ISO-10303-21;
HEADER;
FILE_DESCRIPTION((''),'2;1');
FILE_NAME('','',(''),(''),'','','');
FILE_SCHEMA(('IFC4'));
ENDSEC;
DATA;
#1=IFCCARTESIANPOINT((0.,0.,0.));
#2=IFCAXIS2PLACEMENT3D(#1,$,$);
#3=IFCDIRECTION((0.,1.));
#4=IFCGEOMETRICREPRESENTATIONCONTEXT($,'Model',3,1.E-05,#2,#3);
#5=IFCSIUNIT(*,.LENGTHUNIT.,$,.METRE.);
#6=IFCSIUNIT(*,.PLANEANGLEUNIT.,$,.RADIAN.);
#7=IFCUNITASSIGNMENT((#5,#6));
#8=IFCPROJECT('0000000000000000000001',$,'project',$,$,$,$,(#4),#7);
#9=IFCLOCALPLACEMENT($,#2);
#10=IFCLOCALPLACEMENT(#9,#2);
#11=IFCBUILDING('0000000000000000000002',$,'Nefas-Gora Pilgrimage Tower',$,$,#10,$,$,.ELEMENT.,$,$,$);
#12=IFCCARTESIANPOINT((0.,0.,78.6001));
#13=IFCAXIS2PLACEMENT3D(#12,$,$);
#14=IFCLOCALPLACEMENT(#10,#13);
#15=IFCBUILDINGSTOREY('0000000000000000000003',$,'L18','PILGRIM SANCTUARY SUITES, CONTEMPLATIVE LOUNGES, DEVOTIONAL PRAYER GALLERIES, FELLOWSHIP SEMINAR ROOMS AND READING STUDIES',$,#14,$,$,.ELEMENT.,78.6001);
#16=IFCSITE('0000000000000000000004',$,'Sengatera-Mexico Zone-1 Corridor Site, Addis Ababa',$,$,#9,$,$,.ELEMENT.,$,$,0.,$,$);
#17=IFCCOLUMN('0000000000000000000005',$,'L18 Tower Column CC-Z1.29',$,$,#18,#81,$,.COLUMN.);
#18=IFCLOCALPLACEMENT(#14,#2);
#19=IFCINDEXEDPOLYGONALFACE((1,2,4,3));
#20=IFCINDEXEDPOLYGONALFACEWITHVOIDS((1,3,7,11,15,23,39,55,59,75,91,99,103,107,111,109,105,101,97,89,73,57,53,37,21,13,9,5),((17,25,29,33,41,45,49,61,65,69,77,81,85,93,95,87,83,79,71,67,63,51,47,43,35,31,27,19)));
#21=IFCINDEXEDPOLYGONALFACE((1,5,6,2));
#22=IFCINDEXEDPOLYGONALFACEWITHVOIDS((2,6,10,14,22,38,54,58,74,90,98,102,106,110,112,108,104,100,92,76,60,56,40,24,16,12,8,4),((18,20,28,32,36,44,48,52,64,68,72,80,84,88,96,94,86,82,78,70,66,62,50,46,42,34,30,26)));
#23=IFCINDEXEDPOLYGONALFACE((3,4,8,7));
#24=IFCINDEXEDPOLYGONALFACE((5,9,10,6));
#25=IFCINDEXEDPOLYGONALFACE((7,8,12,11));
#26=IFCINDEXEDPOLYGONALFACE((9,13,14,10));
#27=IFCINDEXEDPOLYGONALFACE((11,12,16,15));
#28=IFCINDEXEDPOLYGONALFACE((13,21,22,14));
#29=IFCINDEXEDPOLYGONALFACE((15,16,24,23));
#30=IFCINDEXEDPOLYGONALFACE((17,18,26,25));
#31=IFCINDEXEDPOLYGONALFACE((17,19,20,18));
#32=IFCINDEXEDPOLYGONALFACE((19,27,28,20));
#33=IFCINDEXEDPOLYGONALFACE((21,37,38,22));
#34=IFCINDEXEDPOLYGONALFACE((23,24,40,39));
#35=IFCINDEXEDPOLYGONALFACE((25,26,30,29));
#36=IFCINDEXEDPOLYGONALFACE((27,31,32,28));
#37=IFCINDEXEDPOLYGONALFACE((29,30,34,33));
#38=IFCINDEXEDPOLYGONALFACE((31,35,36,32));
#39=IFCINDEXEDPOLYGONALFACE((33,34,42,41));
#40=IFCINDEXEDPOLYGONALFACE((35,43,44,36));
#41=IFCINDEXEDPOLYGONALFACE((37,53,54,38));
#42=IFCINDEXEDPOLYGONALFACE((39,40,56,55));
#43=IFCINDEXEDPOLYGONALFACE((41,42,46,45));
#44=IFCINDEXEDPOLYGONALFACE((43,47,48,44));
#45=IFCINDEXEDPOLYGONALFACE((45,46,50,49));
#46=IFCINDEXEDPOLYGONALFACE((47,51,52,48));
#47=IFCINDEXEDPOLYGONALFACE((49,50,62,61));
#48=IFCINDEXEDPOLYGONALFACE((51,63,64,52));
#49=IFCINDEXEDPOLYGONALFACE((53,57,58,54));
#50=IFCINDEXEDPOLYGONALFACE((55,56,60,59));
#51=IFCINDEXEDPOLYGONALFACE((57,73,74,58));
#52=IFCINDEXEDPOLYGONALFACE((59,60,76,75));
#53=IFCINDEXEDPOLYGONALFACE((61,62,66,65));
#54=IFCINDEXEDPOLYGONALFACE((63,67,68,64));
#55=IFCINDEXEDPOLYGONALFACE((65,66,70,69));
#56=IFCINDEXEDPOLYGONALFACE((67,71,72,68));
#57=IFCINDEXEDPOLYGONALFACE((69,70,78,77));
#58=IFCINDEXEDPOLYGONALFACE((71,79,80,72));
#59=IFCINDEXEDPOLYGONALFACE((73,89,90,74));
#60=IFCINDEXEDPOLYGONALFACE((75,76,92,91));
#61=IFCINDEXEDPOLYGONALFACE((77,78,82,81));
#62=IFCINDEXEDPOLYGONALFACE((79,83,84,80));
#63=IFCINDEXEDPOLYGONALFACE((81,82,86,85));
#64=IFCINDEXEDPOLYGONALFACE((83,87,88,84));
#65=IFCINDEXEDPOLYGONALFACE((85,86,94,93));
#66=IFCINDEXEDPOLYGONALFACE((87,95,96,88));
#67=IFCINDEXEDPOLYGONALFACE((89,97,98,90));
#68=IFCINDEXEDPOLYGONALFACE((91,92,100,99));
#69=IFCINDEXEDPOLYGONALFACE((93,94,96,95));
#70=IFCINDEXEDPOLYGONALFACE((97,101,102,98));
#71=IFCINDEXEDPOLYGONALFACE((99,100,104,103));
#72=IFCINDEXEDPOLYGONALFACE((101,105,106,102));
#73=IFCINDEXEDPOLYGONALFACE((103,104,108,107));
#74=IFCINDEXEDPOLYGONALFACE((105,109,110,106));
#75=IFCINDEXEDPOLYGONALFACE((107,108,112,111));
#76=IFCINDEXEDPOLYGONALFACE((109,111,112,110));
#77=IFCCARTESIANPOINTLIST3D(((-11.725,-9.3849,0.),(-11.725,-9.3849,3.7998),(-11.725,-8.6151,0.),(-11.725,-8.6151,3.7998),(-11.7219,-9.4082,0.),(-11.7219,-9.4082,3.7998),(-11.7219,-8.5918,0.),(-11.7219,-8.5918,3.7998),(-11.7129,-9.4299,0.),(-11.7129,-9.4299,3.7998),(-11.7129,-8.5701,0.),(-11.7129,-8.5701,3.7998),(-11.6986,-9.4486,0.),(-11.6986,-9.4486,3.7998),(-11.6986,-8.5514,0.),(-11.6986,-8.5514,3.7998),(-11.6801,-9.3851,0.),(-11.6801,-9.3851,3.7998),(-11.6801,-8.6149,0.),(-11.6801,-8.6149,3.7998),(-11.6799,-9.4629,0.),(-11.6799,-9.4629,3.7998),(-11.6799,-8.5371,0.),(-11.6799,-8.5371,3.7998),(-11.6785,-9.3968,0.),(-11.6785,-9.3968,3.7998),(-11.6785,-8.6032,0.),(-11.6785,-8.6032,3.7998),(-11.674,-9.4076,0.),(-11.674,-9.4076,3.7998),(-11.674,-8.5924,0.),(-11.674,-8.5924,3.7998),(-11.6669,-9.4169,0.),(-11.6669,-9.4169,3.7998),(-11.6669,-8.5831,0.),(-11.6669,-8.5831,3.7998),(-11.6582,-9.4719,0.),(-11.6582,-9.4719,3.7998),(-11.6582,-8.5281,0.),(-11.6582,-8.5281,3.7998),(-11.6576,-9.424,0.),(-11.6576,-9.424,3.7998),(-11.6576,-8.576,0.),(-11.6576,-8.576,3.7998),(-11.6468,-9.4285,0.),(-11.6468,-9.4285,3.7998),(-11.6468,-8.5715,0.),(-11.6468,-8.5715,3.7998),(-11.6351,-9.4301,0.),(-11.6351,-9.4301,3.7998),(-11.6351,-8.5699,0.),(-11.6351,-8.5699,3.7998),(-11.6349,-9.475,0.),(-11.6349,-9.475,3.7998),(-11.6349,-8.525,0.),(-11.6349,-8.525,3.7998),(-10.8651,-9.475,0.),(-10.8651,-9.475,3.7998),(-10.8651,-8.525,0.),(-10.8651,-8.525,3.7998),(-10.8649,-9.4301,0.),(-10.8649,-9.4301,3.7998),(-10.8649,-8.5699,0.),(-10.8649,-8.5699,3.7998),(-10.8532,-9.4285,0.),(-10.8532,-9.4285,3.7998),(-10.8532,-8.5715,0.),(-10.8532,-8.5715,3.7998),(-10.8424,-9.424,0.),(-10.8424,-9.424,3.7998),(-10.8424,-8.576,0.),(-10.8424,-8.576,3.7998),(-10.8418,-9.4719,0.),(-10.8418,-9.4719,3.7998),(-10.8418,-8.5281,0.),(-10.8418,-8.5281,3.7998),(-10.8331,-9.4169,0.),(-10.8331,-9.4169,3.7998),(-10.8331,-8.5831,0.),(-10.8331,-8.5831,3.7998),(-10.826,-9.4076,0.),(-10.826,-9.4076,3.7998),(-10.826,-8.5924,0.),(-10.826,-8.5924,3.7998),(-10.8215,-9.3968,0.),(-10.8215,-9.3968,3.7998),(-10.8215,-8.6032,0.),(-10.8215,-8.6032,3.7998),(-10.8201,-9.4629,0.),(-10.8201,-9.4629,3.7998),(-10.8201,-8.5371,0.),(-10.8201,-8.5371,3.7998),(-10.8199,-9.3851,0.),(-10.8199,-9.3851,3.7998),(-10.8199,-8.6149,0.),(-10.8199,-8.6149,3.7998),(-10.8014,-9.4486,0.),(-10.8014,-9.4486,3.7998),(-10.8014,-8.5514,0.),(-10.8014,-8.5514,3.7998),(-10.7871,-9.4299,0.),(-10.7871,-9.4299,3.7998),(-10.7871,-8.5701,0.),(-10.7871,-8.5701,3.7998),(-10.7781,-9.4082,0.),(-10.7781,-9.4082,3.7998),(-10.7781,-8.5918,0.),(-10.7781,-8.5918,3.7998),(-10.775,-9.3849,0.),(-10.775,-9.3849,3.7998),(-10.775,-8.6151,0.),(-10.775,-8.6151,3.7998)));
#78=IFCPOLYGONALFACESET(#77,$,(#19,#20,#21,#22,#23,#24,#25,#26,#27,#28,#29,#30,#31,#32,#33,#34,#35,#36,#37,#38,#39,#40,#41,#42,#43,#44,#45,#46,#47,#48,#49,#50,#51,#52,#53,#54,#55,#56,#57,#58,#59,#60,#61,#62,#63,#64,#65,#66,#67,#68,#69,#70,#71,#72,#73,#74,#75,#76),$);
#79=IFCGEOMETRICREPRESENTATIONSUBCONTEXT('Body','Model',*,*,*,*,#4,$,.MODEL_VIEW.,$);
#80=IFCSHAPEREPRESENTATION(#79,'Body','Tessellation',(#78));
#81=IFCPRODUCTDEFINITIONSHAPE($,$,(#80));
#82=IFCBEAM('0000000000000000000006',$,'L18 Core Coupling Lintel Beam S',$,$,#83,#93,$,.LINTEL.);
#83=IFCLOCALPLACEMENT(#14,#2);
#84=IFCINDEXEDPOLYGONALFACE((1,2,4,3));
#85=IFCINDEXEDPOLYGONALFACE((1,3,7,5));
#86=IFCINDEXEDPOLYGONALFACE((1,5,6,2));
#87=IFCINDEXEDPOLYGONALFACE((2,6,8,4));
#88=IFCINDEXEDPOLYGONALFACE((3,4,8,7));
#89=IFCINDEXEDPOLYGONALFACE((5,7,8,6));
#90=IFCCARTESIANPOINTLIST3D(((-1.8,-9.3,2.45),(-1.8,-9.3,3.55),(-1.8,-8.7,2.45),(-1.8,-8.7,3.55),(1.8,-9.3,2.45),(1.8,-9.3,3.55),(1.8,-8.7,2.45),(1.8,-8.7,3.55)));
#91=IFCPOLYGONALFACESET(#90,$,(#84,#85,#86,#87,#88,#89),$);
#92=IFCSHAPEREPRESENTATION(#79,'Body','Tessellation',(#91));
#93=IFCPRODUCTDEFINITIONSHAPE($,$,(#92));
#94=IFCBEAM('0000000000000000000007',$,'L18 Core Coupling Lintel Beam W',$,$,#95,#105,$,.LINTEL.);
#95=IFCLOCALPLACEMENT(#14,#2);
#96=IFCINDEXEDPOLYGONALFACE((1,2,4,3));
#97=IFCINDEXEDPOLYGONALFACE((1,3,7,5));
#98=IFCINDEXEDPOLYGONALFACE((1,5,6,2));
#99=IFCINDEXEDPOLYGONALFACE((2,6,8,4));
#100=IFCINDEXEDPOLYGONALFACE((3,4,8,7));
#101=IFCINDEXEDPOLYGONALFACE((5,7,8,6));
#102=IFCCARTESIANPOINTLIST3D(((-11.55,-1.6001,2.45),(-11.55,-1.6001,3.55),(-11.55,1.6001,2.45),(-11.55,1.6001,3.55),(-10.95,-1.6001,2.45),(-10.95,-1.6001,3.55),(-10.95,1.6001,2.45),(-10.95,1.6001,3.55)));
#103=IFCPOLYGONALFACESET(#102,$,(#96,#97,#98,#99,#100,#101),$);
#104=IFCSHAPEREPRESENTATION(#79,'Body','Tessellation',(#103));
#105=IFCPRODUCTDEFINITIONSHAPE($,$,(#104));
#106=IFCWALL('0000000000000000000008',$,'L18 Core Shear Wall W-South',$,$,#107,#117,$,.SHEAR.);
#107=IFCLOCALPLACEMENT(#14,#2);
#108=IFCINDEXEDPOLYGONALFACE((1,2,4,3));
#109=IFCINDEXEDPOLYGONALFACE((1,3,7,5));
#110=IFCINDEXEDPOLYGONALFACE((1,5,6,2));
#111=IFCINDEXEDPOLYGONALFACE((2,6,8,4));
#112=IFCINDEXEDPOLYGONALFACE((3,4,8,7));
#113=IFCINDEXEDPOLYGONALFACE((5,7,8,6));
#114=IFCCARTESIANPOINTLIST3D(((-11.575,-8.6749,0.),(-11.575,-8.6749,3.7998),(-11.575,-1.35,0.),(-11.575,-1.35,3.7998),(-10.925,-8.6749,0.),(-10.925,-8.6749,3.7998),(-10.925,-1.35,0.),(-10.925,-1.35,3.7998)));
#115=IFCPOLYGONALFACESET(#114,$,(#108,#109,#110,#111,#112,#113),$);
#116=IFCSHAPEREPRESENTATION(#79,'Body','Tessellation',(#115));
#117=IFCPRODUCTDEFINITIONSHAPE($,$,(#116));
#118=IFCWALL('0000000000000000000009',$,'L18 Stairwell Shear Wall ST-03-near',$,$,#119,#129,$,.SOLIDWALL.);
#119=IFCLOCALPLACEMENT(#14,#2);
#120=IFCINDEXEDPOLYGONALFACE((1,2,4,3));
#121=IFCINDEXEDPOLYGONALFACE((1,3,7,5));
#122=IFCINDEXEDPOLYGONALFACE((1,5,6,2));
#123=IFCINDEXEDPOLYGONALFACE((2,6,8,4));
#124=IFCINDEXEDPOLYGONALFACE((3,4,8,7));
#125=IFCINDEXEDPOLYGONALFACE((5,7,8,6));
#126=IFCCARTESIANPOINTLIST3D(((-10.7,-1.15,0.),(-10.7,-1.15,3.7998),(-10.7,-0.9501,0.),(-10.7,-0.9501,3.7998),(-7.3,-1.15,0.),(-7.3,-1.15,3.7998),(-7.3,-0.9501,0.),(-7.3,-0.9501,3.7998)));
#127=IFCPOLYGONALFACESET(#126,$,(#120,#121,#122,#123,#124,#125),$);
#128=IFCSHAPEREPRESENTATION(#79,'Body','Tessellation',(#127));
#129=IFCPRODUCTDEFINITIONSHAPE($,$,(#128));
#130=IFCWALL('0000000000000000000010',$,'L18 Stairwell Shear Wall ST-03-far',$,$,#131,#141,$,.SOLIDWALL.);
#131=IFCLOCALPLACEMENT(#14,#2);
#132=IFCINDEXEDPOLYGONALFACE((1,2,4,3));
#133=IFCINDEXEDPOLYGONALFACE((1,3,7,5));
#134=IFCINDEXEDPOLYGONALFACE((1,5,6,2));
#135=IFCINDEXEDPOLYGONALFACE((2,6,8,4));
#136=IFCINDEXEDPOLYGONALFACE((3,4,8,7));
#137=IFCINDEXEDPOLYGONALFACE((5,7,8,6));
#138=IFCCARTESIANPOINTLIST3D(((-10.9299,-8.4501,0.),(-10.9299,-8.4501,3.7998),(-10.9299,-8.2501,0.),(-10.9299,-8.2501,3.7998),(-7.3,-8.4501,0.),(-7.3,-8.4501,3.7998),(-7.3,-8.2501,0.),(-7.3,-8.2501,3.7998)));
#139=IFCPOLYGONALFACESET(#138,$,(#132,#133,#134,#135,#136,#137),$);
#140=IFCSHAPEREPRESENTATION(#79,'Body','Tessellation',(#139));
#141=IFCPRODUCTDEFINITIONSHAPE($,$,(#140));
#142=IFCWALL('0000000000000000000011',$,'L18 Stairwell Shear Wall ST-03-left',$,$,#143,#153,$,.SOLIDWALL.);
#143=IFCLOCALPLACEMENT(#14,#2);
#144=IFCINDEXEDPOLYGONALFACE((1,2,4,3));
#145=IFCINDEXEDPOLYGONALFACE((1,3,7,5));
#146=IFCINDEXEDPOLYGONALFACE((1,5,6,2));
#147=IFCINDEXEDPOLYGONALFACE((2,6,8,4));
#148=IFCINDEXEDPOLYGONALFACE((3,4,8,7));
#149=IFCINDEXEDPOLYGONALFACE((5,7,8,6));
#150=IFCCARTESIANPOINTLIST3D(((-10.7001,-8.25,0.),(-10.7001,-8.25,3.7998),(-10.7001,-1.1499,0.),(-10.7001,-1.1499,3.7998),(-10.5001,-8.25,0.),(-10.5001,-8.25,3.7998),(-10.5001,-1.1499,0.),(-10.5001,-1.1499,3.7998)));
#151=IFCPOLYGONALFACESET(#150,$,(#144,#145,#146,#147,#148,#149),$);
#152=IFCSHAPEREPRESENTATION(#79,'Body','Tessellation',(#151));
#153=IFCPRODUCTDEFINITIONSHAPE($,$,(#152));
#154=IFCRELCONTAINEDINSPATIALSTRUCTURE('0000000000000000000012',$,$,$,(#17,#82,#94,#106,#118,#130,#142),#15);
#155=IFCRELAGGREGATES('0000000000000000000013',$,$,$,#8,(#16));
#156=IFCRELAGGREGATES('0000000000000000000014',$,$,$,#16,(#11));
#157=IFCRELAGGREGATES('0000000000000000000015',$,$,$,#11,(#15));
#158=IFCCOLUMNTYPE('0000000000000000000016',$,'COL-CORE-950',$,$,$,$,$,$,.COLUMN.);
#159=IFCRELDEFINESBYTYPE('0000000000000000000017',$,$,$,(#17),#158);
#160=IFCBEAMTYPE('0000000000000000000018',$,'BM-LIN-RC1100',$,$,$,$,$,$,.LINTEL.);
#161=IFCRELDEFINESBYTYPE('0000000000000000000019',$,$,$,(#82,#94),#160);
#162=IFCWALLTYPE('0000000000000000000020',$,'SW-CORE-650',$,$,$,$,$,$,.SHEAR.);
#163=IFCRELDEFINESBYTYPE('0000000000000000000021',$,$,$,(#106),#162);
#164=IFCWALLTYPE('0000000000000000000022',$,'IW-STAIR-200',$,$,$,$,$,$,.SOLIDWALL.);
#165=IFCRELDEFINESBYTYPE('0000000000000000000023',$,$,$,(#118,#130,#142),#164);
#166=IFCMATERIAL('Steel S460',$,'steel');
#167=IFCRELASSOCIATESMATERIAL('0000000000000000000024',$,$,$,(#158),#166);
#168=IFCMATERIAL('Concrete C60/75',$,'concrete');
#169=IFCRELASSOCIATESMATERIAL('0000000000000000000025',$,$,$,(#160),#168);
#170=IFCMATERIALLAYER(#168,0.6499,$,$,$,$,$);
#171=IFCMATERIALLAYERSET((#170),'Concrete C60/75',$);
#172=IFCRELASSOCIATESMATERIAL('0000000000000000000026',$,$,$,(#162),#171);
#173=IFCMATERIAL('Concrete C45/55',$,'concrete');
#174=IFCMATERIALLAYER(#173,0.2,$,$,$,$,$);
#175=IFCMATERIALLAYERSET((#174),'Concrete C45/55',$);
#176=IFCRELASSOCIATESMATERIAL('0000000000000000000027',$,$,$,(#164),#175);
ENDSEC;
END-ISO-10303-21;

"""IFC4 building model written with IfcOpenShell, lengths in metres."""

from ifc_helpers import new_model, si_unit, direction, frame, frame_2d, origin, origin_2d, place, context, subcontext, project, spatial, rectangle, hollow_rectangle, extrude, source, transform, mapped, material, layer, layer_set, material_profile, profile_set, type_object, element, save


model = new_model("IFC4")

# Units and contexts
model_context = context("Model", 3, precision=1e-05, world=origin(), true_north=direction((0.0, 1.0)))
body_context = subcontext(model_context, "Body", "Model", "MODEL_VIEW")
ifc_project = project(units=[si_unit("LENGTHUNIT", "METRE"), si_unit("PLANEANGLEUNIT", "RADIAN")], contexts=[model_context])

# Site, building, storey
site_placement = place(None, origin())
site = spatial("IfcSite", under=ifc_project, at=site_placement, Name="Sengatera-Mexico Zone-1 Corridor Site, Addis Ababa", CompositionType="ELEMENT", RefElevation=0.0)
building_placement = place(site_placement, origin())
building = spatial("IfcBuilding", under=site, at=building_placement, Name="Nefas-Gora Pilgrimage Tower", CompositionType="ELEMENT")
storey_placement = place(building_placement, frame((0.0, 0.0, 78.6001)))
storey = spatial("IfcBuildingStorey", under=building, at=storey_placement, Name="L18", Description="PILGRIM SANCTUARY SUITES, CONTEMPLATIVE LOUNGES, DEVOTIONAL PRAYER GALLERIES, FELLOWSHIP SEMINAR ROOMS AND READING STUDIES", CompositionType="ELEMENT", Elevation=78.6001)

# Column
ifc_material_1 = material(Name="Steel S460", Category="steel")
ifc_material_profile_1 = material_profile(ifc_material_1, hollow_rectangle(XDim=0.95, YDim=0.95, WallThickness=0.0449, InnerFilletRadius=0.0449, OuterFilletRadius=0.0901, at=origin_2d()), Name="BOX 950x950x45")
ifc_profile_set_1 = profile_set([ifc_material_profile_1], Name="Steel S460")
column_type = type_object("IfcColumnType", Name="COL-CORE-950", PredefinedType="COLUMN", material=ifc_profile_set_1)
shared_shape_1 = source(origin(), body_context, "Body", "SweptSolid", [
    extrude(hollow_rectangle(XDim=0.95, YDim=0.95, WallThickness=0.0449, InnerFilletRadius=0.0449, OuterFilletRadius=0.0901, at=origin_2d()), origin(), (0.0, 0.0, 1.0), 3.7998),
])
column_placement = place(storey_placement, frame((-11.25, -9.0, 0.0), z_axis=(0.0, 0.0, 1.0), x_axis=(1.0, 0.0, 0.0)))
element("IfcColumn", 1, at=column_placement, inside=storey, type_object=column_type, Name="L18 Tower Column CC-Z1.29", PredefinedType="COLUMN", context=body_context, shape_type="MappedRepresentation", body=[
    mapped(shared_shape_1, transform((0.0, 0.0, 0.0), x_axis=(1.0, 0.0, 0.0), y_axis=(0.0, 1.0, 0.0), z_axis=(0.0, 0.0, 1.0), scale=1.0)),
])

# Beams
ifc_material_2 = material(Name="Concrete C60/75", Category="concrete")
ifc_material_profile_2 = material_profile(ifc_material_2, rectangle(XDim=0.6001, YDim=1.1001, at=origin_2d()), Name="RC 600x1100")
ifc_profile_set_2 = profile_set([ifc_material_profile_2], Name="Concrete C60/75")
beam_type = type_object("IfcBeamType", Name="BM-LIN-RC1100", PredefinedType="LINTEL", material=ifc_profile_set_2)
shared_shape_2 = source(origin(), body_context, "Body", "SweptSolid", [
    extrude(rectangle(XDim=0.6001, YDim=1.1001, at=origin_2d()), origin(), (0.0, 0.0, 1.0), 3.6001),
])
beam_1_placement = place(storey_placement, frame((-1.8, -9.0, 3.0), z_axis=(1.0, 0.0, 0.0), x_axis=(0.0, 1.0, 0.0)))
element("IfcBeam", 2, at=beam_1_placement, inside=storey, type_object=beam_type, Name="L18 Core Coupling Lintel Beam S", PredefinedType="LINTEL", context=body_context, shape_type="MappedRepresentation", body=[
    mapped(shared_shape_2, transform((0.0, 0.0, 0.0), x_axis=(1.0, 0.0, 0.0), y_axis=(0.0, 1.0, 0.0), z_axis=(0.0, 0.0, 1.0), scale=1.0)),
])
shared_shape_3 = source(origin(), body_context, "Body", "SweptSolid", [
    extrude(rectangle(XDim=0.6001, YDim=1.1001, at=origin_2d()), origin(), (0.0, 0.0, 1.0), 3.2002),
])
beam_2_placement = place(storey_placement, frame((-11.25, -1.6001, 3.0), z_axis=(0.0, 1.0, 0.0), x_axis=(-1.0, 0.0, 0.0)))
element("IfcBeam", 3, at=beam_2_placement, inside=storey, type_object=beam_type, Name="L18 Core Coupling Lintel Beam W", PredefinedType="LINTEL", context=body_context, shape_type="MappedRepresentation", body=[
    mapped(shared_shape_3, transform((0.0, 0.0, 0.0), x_axis=(1.0, 0.0, 0.0), y_axis=(0.0, 1.0, 0.0), z_axis=(0.0, 0.0, 1.0), scale=1.0)),
])

# Walls
ifc_layer_1 = layer(ifc_material_2, 0.6499)
ifc_layer_set_1 = layer_set([ifc_layer_1], Name="Concrete C60/75")
wall_type_1 = type_object("IfcWallType", Name="SW-CORE-650", PredefinedType="SHEAR", material=ifc_layer_set_1)
shared_shape_4 = source(origin(), body_context, "Body", "SweptSolid", [
    extrude(rectangle(XDim=7.325, YDim=0.6499, at=frame_2d((3.6626, 0.0))), origin(), (0.0, 0.0, 1.0), 3.7998),
])
wall_1_placement = place(storey_placement, frame((-11.25, -8.675, 0.0), z_axis=(0.0, 0.0, 1.0), x_axis=(0.0, 1.0, 0.0)))
element("IfcWall", 4, at=wall_1_placement, inside=storey, type_object=wall_type_1, Name="L18 Core Shear Wall W-South", PredefinedType="SHEAR", context=body_context, shape_type="MappedRepresentation", body=[
    mapped(shared_shape_4, transform((0.0, 0.0, 0.0), x_axis=(1.0, 0.0, 0.0), y_axis=(0.0, 1.0, 0.0), z_axis=(0.0, 0.0, 1.0), scale=1.0)),
])
ifc_material_3 = material(Name="Concrete C45/55", Category="concrete")
ifc_layer_2 = layer(ifc_material_3, 0.2)
ifc_layer_set_2 = layer_set([ifc_layer_2], Name="Concrete C45/55")
wall_type_2 = type_object("IfcWallType", Name="IW-STAIR-200", PredefinedType="SOLIDWALL", material=ifc_layer_set_2)
shared_shape_5 = source(origin(), body_context, "Body", "SweptSolid", [
    extrude(rectangle(XDim=3.3999, YDim=0.2, at=frame_2d((1.7, 0.0))), origin(), (0.0, 0.0, 1.0), 3.7998),
])
wall_2_placement = place(storey_placement, frame((-10.7, -1.05, 0.0), z_axis=(0.0, 0.0, 1.0), x_axis=(1.0, 0.0, 0.0)))
element("IfcWall", 5, at=wall_2_placement, inside=storey, type_object=wall_type_2, Name="L18 Stairwell Shear Wall ST-03-near", PredefinedType="SOLIDWALL", context=body_context, shape_type="MappedRepresentation", body=[
    mapped(shared_shape_5, transform((0.0, 0.0, 0.0), x_axis=(1.0, 0.0, 0.0), y_axis=(0.0, 1.0, 0.0), z_axis=(0.0, 0.0, 1.0), scale=1.0)),
])
shared_shape_6 = source(origin(), body_context, "Body", "SweptSolid", [
    extrude(rectangle(XDim=3.6299, YDim=0.2, at=frame_2d((1.8149, 0.0))), origin(), (0.0, 0.0, 1.0), 3.7998),
])
wall_3_placement = place(storey_placement, frame((-10.9299, -8.3501, 0.0), z_axis=(0.0, 0.0, 1.0), x_axis=(1.0, 0.0, 0.0)))
element("IfcWall", 6, at=wall_3_placement, inside=storey, type_object=wall_type_2, Name="L18 Stairwell Shear Wall ST-03-far", PredefinedType="SOLIDWALL", context=body_context, shape_type="MappedRepresentation", body=[
    mapped(shared_shape_6, transform((0.0, 0.0, 0.0), x_axis=(1.0, 0.0, 0.0), y_axis=(0.0, 1.0, 0.0), z_axis=(0.0, 0.0, 1.0), scale=1.0)),
])
shared_shape_7 = source(origin(), body_context, "Body", "SweptSolid", [
    extrude(rectangle(XDim=7.1001, YDim=0.2, at=frame_2d((3.55, 0.0))), origin(), (0.0, 0.0, 1.0), 3.7998),
])
wall_4_placement = place(storey_placement, frame((-10.6001, -1.1499, 0.0), z_axis=(0.0, 0.0, 1.0), x_axis=(0.0, -1.0, 0.0)))
element("IfcWall", 7, at=wall_4_placement, inside=storey, type_object=wall_type_2, Name="L18 Stairwell Shear Wall ST-03-left", PredefinedType="SOLIDWALL", context=body_context, shape_type="MappedRepresentation", body=[
    mapped(shared_shape_7, transform((0.0, 0.0, 0.0), x_axis=(1.0, 0.0, 0.0), y_axis=(0.0, 1.0, 0.0), z_axis=(0.0, 0.0, 1.0), scale=1.0)),
])

save(model, "model.ifc")
